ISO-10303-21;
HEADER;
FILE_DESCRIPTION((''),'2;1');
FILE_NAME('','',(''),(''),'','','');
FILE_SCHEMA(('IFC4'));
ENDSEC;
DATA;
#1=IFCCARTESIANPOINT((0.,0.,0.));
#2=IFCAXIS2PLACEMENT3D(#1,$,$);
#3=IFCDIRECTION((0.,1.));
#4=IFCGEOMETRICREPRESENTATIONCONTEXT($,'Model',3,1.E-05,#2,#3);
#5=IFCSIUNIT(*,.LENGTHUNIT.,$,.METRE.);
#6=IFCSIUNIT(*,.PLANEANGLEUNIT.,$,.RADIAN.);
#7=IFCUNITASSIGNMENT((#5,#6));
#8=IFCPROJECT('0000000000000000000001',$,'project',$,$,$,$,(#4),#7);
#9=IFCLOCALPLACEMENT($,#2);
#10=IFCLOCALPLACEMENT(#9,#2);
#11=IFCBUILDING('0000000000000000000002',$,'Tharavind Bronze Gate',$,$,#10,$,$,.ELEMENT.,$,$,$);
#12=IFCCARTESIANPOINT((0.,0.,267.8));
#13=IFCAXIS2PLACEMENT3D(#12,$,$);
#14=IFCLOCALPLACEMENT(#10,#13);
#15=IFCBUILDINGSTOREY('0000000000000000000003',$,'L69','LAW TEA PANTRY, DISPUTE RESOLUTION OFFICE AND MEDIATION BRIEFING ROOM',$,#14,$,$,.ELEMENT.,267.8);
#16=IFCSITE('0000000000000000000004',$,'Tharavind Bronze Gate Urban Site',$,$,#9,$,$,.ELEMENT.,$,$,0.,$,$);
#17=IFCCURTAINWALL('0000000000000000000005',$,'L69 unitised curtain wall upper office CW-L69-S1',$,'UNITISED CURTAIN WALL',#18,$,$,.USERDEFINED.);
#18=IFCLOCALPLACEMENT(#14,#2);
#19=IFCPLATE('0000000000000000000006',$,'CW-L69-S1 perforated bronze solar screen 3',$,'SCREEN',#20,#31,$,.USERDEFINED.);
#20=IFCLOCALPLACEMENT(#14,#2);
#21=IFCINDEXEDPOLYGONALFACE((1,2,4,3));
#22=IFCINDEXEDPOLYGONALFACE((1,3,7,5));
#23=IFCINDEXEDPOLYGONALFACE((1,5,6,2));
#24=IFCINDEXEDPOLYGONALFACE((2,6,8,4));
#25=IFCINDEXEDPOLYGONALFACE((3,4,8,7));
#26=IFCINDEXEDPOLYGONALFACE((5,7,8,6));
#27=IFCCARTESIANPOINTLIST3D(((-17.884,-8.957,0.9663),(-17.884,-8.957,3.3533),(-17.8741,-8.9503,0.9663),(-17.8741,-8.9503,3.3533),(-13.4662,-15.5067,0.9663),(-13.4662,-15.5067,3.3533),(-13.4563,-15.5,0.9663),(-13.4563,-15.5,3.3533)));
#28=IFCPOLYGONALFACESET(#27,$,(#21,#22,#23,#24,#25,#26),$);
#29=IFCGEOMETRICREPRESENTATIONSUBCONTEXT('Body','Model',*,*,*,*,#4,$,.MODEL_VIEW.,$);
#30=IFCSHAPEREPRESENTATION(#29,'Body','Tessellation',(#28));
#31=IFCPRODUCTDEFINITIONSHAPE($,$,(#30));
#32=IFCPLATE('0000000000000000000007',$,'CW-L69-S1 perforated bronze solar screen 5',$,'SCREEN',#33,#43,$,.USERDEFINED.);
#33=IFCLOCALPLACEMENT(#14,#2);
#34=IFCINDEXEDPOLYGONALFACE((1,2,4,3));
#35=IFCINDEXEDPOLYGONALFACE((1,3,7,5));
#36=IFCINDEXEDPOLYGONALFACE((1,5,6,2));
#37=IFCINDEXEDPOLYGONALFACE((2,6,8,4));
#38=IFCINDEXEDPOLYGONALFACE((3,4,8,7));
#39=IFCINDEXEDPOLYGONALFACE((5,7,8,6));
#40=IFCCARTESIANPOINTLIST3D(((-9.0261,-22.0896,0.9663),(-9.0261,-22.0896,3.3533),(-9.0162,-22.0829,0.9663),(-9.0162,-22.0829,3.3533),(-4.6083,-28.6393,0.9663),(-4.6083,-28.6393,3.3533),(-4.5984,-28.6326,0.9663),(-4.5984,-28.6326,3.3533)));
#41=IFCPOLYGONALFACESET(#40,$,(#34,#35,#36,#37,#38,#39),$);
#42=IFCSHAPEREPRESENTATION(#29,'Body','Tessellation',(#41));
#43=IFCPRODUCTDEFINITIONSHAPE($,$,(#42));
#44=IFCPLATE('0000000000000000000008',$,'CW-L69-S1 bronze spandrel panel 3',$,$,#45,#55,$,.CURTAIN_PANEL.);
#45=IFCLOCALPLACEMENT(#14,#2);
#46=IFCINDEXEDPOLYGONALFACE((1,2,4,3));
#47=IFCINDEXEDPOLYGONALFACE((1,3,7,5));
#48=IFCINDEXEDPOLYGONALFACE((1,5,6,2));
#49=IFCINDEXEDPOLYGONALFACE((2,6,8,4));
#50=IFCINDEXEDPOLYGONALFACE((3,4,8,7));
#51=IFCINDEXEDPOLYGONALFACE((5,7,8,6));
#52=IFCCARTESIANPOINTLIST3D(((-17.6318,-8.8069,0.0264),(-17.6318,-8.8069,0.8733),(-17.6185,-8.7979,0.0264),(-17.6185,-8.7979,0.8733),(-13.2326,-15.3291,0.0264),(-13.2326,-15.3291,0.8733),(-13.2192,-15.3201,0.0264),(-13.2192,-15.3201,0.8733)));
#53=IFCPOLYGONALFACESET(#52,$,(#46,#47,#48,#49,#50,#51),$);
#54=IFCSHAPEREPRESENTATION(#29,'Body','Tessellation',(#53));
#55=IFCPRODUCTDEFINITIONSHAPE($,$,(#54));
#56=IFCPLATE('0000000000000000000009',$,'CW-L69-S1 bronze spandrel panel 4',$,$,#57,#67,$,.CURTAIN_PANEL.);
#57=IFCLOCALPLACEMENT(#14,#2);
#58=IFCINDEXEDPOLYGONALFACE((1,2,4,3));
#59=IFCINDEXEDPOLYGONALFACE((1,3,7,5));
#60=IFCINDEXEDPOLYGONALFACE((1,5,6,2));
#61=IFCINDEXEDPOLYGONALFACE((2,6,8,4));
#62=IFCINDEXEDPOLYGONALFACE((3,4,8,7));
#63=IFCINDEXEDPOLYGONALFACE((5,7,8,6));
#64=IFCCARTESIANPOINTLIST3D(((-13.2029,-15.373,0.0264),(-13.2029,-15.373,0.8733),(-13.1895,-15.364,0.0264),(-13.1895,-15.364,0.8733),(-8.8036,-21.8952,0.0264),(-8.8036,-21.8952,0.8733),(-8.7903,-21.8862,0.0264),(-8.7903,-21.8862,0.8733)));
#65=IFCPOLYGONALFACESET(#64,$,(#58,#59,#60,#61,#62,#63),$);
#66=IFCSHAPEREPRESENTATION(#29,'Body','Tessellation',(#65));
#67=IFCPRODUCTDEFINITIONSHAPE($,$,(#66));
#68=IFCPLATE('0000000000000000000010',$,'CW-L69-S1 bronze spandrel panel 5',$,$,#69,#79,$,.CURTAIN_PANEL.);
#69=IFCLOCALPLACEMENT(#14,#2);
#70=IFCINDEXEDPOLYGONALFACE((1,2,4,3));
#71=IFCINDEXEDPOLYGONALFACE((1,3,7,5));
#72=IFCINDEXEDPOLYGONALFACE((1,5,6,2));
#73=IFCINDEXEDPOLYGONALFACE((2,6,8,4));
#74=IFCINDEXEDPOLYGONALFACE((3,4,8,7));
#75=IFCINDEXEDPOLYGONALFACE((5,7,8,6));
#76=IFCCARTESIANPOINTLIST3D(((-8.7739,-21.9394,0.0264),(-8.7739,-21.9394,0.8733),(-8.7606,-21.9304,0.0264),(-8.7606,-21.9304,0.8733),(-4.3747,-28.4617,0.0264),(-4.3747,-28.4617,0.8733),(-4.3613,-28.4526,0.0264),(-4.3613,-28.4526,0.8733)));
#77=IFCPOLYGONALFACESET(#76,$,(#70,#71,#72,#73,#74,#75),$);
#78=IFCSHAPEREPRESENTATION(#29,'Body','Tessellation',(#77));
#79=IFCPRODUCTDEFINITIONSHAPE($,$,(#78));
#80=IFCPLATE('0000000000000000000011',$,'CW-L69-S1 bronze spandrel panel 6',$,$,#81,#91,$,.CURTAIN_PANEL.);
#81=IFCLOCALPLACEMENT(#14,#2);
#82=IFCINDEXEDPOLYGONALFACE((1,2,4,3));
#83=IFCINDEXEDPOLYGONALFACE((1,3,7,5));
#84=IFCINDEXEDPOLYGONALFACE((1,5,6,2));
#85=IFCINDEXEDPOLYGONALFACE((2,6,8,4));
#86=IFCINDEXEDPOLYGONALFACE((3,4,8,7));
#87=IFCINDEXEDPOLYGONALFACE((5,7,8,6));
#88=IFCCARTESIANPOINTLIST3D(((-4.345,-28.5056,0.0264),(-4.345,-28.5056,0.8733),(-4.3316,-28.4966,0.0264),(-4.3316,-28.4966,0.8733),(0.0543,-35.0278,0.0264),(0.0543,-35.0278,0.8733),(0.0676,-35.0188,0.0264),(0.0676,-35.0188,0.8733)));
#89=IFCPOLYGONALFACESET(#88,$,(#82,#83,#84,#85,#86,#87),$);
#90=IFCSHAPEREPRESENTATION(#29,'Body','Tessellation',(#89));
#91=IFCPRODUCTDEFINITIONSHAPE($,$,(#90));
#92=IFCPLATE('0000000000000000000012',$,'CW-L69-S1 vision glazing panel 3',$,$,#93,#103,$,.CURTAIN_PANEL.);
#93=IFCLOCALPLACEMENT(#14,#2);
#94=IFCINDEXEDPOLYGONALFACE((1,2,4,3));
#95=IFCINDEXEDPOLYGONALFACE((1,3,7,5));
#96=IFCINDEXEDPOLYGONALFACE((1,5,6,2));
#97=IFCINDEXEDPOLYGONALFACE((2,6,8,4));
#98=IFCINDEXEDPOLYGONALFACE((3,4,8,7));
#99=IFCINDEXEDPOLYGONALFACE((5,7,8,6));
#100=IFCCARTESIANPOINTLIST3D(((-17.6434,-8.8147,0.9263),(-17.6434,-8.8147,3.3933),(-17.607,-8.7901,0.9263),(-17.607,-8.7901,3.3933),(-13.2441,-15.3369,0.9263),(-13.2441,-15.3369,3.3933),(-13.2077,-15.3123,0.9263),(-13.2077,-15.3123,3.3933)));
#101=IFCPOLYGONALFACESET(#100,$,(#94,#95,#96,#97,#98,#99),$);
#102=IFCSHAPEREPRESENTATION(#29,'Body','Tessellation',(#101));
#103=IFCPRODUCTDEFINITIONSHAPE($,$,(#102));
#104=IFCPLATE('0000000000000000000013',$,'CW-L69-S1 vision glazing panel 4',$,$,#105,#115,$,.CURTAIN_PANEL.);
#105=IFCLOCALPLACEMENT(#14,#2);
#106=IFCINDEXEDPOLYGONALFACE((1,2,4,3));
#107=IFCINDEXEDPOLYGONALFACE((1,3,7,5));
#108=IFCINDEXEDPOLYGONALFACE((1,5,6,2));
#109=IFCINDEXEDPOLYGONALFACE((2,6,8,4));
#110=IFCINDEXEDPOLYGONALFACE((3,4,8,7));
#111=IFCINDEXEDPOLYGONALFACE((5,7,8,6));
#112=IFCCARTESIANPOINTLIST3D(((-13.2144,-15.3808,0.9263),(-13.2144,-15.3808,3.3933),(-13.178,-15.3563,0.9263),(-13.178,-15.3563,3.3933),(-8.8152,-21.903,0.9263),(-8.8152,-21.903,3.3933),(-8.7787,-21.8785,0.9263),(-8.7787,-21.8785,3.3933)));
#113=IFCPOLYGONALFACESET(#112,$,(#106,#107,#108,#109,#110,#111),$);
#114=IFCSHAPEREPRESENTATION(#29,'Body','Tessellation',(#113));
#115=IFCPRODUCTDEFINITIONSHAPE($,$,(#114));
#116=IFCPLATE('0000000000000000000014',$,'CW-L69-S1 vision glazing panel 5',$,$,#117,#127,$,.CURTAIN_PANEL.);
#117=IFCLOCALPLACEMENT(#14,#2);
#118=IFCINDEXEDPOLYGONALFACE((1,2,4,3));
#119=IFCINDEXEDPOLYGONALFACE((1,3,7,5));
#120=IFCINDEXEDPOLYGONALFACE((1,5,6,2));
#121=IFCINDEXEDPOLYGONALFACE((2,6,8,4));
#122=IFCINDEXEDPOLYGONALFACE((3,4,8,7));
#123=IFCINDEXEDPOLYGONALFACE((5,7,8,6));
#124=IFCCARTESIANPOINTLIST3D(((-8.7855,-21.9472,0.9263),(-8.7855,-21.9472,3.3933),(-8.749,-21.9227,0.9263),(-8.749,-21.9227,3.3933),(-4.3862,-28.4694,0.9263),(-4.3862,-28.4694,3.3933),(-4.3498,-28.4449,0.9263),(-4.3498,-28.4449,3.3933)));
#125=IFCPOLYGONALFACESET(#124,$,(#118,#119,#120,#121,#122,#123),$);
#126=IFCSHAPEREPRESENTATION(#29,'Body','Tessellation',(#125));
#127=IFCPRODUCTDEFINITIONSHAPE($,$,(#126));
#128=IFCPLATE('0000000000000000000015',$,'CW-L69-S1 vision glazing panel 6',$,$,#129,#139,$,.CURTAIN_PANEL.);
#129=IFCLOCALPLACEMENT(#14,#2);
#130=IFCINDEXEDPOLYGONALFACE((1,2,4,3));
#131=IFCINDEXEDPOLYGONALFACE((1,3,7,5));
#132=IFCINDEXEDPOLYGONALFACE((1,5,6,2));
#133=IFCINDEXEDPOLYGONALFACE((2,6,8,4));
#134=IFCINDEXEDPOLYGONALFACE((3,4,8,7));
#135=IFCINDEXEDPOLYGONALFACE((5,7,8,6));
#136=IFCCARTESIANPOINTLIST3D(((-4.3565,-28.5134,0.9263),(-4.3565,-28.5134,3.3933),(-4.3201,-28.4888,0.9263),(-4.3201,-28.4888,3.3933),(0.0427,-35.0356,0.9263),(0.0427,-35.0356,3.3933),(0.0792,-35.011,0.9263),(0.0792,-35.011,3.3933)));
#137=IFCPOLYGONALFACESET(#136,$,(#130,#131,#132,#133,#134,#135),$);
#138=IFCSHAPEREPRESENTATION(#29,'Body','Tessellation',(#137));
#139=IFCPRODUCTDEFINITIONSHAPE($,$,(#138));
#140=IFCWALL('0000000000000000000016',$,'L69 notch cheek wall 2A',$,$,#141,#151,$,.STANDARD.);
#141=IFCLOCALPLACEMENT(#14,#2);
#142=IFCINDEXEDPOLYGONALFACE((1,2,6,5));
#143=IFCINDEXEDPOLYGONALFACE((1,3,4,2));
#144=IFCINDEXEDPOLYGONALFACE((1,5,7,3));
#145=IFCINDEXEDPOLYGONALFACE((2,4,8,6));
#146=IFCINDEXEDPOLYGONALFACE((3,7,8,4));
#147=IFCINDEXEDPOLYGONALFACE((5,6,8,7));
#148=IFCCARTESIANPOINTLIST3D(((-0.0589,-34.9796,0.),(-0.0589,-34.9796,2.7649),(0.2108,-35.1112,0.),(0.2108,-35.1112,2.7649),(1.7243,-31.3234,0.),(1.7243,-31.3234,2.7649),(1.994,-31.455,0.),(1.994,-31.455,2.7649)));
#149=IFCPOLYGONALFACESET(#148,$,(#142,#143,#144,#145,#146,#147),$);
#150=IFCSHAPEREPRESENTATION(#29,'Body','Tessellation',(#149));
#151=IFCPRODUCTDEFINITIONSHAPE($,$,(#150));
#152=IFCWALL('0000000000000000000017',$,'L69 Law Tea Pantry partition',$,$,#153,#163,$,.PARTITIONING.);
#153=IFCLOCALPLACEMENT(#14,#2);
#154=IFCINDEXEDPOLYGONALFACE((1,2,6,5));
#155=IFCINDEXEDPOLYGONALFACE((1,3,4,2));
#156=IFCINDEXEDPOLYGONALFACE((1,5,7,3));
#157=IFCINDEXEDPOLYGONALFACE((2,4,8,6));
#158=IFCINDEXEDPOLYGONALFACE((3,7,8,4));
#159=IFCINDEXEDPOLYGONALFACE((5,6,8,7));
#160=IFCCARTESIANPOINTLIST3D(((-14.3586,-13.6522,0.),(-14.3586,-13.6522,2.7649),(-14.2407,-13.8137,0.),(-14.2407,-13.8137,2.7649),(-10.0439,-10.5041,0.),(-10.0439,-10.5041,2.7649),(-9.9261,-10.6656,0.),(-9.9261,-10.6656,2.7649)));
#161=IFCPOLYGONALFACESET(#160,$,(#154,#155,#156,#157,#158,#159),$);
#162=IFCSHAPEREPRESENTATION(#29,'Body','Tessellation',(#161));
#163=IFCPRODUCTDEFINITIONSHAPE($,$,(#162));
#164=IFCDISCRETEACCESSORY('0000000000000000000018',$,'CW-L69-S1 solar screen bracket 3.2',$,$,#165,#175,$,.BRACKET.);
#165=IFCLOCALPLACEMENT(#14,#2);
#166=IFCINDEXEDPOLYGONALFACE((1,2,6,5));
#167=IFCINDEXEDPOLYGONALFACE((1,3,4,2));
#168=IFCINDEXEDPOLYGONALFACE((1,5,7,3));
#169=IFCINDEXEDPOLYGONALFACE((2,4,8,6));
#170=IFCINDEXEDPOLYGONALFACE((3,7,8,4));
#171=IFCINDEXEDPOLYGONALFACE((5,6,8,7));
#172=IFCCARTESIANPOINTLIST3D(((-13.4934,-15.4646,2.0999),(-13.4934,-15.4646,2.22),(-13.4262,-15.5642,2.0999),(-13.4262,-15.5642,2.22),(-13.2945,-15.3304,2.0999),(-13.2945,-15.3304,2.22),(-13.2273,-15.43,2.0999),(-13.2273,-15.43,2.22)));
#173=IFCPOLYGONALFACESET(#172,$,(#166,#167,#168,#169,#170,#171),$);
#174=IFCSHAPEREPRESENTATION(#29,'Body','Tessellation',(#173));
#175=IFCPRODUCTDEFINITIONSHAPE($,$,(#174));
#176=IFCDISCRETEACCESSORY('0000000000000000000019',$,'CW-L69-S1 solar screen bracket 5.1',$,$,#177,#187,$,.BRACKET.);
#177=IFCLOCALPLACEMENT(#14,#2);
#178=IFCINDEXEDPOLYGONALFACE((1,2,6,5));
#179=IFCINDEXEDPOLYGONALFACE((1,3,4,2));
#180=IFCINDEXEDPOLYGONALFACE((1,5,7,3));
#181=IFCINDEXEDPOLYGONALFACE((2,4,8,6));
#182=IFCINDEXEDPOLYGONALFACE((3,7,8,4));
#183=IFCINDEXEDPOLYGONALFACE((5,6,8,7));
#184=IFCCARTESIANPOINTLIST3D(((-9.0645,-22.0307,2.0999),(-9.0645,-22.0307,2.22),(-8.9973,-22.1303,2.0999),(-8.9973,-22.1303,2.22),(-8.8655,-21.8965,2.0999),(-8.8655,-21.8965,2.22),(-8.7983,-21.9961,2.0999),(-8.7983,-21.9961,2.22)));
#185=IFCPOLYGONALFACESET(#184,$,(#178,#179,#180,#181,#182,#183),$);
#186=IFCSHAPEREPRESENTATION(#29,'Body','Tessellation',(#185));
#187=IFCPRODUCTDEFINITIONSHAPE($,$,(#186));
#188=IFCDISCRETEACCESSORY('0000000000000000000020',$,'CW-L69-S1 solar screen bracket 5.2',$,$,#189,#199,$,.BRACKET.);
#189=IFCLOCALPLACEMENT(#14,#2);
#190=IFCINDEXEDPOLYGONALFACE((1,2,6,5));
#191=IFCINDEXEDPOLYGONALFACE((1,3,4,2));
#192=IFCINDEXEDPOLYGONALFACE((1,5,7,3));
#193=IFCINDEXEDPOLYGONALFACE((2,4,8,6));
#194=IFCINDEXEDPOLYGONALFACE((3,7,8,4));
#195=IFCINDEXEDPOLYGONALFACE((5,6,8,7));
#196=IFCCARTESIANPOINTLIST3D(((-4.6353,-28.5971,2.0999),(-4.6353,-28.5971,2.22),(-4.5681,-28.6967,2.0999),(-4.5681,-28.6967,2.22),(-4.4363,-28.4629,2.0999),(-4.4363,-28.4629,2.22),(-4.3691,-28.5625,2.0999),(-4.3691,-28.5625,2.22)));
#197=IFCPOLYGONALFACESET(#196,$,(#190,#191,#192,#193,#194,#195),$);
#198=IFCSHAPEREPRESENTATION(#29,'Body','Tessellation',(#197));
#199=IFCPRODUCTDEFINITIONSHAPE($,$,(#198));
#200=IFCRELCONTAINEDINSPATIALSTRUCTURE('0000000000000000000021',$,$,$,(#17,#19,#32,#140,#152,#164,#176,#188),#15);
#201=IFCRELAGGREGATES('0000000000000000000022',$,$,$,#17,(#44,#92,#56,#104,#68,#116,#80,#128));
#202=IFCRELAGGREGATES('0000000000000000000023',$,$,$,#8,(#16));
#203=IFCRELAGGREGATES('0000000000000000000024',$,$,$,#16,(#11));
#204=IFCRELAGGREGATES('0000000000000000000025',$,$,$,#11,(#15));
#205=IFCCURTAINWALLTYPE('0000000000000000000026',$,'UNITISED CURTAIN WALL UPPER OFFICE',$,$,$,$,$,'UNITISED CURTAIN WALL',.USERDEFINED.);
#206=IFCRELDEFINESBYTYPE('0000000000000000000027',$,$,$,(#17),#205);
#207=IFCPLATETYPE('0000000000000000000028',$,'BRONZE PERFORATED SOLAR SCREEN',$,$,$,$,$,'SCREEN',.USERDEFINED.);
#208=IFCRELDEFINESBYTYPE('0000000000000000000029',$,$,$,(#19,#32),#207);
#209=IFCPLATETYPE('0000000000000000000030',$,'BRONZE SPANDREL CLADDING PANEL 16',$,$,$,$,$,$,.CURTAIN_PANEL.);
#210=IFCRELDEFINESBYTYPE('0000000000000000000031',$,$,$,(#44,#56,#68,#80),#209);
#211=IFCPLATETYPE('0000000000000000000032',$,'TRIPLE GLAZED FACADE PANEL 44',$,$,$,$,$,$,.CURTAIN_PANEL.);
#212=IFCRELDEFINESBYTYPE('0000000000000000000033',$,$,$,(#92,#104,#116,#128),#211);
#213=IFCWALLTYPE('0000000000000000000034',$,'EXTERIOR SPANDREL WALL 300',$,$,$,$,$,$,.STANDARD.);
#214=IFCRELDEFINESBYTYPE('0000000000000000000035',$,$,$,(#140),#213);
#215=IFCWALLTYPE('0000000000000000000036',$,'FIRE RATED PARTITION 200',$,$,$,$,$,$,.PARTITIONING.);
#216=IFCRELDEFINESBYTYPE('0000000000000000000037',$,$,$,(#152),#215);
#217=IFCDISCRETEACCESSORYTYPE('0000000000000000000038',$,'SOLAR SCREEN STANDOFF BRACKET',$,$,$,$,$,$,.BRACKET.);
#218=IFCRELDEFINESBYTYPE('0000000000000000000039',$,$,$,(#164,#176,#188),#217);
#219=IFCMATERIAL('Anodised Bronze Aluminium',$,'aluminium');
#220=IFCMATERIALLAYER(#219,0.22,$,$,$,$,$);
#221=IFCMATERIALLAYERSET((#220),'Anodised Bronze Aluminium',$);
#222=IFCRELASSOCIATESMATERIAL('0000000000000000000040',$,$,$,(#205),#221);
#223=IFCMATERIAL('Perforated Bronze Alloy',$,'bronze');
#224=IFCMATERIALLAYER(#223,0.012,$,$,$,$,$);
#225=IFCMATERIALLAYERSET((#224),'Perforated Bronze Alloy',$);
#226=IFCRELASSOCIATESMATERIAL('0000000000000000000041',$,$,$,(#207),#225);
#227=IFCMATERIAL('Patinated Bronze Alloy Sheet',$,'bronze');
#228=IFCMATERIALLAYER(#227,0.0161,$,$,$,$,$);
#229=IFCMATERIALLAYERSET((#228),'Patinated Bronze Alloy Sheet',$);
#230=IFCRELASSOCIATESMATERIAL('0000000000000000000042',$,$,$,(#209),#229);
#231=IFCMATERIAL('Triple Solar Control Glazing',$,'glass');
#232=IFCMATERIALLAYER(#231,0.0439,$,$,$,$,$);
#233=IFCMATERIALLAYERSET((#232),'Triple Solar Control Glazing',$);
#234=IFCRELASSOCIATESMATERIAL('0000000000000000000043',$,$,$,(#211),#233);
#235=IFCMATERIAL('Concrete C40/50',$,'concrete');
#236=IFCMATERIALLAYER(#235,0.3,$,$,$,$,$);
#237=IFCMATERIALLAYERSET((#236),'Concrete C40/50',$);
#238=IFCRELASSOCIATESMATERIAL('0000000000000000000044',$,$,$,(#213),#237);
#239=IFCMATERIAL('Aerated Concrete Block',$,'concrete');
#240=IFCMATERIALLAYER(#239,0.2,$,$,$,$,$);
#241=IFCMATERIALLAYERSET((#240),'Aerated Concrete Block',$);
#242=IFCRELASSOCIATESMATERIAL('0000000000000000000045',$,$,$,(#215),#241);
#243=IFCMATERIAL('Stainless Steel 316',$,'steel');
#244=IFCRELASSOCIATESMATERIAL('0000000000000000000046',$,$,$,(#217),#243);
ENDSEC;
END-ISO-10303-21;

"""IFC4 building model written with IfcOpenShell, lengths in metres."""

from ifc_helpers import new_model, si_unit, direction, frame, frame_2d, origin, origin_2d, place, context, subcontext, project, spatial, rectangle, extrude, material, layer, layer_set, type_object, element, aggregate, save


model = new_model("IFC4")

# Units and contexts
model_context = context("Model", 3, precision=1e-05, world=origin(), true_north=direction((0.0, 1.0)))
body_context = subcontext(model_context, "Body", "Model", "MODEL_VIEW")
ifc_project = project(units=[si_unit("LENGTHUNIT", "METRE"), si_unit("PLANEANGLEUNIT", "RADIAN")], contexts=[model_context])

# Site, building, storey
site_placement = place(None, origin())
site = spatial("IfcSite", under=ifc_project, at=site_placement, Name="Tharavind Bronze Gate Urban Site", CompositionType="ELEMENT", RefElevation=0.0)
building_placement = place(site_placement, origin())
building = spatial("IfcBuilding", under=site, at=building_placement, Name="Tharavind Bronze Gate", CompositionType="ELEMENT")
storey_placement = place(building_placement, frame((0.0, 0.0, 267.8)))
storey = spatial("IfcBuildingStorey", under=building, at=storey_placement, Name="L69", Description="LAW TEA PANTRY, DISPUTE RESOLUTION OFFICE AND MEDIATION BRIEFING ROOM", CompositionType="ELEMENT", Elevation=267.8)

# Curtain wall
ifc_material_1 = material(Name="Anodised Bronze Aluminium", Category="aluminium")
ifc_layer_1 = layer(ifc_material_1, 0.22)
ifc_layer_set_1 = layer_set([ifc_layer_1], Name="Anodised Bronze Aluminium")
curtain_wall_type = type_object("IfcCurtainWallType", Name="UNITISED CURTAIN WALL UPPER OFFICE", ElementType="UNITISED CURTAIN WALL", PredefinedType="USERDEFINED", material=ifc_layer_set_1)
curtain_wall_placement = place(storey_placement, origin())
curtain_wall = element("IfcCurtainWall", 1, at=curtain_wall_placement, inside=storey, type_object=curtain_wall_type, Name="L69 unitised curtain wall upper office CW-L69-S1", ObjectType="UNITISED CURTAIN WALL", PredefinedType="USERDEFINED")

# Plates
ifc_material_2 = material(Name="Perforated Bronze Alloy", Category="bronze")
ifc_layer_2 = layer(ifc_material_2, 0.012)
ifc_layer_set_2 = layer_set([ifc_layer_2], Name="Perforated Bronze Alloy")
plate_type_1 = type_object("IfcPlateType", Name="BRONZE PERFORATED SOLAR SCREEN", ElementType="SCREEN", PredefinedType="USERDEFINED", material=ifc_layer_set_2)
for number, where, z_axis, x_axis, name in (
    (2, (-15.6702, -12.2285, 0.9663), (0.0, 0.0, 1.0), (0.559191, -0.829039, 0.0), "CW-L69-S1 perforated bronze solar screen 3"),
    (3, (-6.8123, -25.3611, 0.9663), (0.0, 0.0, 1.0), (0.559191, -0.829039, 0.0), "CW-L69-S1 perforated bronze solar screen 5"),
):
    element("IfcPlate", number, at=place(storey_placement, frame(where, z_axis=z_axis, x_axis=x_axis)), inside=storey, type_object=plate_type_1, Name=name, ObjectType="SCREEN", PredefinedType="USERDEFINED", context=body_context, shape_type="SweptSolid", body=[
        extrude(rectangle(XDim=7.9004, YDim=0.012, at=origin_2d()), origin(), (0.0, 0.0, 1.0), 2.387),
    ])

# Plates
ifc_material_3 = material(Name="Patinated Bronze Alloy Sheet", Category="bronze")
ifc_layer_3 = layer(ifc_material_3, 0.0161)
ifc_layer_set_3 = layer_set([ifc_layer_3], Name="Patinated Bronze Alloy Sheet")
plate_type_2 = type_object("IfcPlateType", Name="BRONZE SPANDREL CLADDING PANEL 16", PredefinedType="CURTAIN_PANEL", material=ifc_layer_set_3)
plate_1_placement = place(storey_placement, frame((-15.4255, -12.0635, 0.0264), z_axis=(0.0, 0.0, 1.0), x_axis=(0.559191, -0.829039, 0.0)))
plate_1 = element("IfcPlate", 4, at=plate_1_placement, type_object=plate_type_2, Name="CW-L69-S1 bronze spandrel panel 3", PredefinedType="CURTAIN_PANEL", context=body_context, shape_type="SweptSolid", body=[
    extrude(rectangle(XDim=7.8672, YDim=0.0161, at=origin_2d()), origin(), (0.0, 0.0, 1.0), 0.8469),
])
plate_2_placement = place(storey_placement, frame((-10.9966, -18.6296, 0.0264), z_axis=(0.0, 0.0, 1.0), x_axis=(0.559191, -0.829039, 0.0)))
plate_2 = element("IfcPlate", 5, at=plate_2_placement, type_object=plate_type_2, Name="CW-L69-S1 bronze spandrel panel 4", PredefinedType="CURTAIN_PANEL", context=body_context, shape_type="SweptSolid", body=[
    extrude(rectangle(XDim=7.8672, YDim=0.0161, at=origin_2d()), origin(), (0.0, 0.0, 1.0), 0.8469),
])
plate_3_placement = place(storey_placement, frame((-6.5676, -25.196, 0.0264), z_axis=(0.0, 0.0, 1.0), x_axis=(0.559191, -0.829039, 0.0)))
plate_3 = element("IfcPlate", 6, at=plate_3_placement, type_object=plate_type_2, Name="CW-L69-S1 bronze spandrel panel 5", PredefinedType="CURTAIN_PANEL", context=body_context, shape_type="SweptSolid", body=[
    extrude(rectangle(XDim=7.8672, YDim=0.0161, at=origin_2d()), origin(), (0.0, 0.0, 1.0), 0.8469),
])
plate_4_placement = place(storey_placement, frame((-2.1387, -31.7622, 0.0264), z_axis=(0.0, 0.0, 1.0), x_axis=(0.559191, -0.829039, 0.0)))
plate_4 = element("IfcPlate", 7, at=plate_4_placement, type_object=plate_type_2, Name="CW-L69-S1 bronze spandrel panel 6", PredefinedType="CURTAIN_PANEL", context=body_context, shape_type="SweptSolid", body=[
    extrude(rectangle(XDim=7.8672, YDim=0.0161, at=origin_2d()), origin(), (0.0, 0.0, 1.0), 0.8469),
])
ifc_material_4 = material(Name="Triple Solar Control Glazing", Category="glass")
ifc_layer_4 = layer(ifc_material_4, 0.0439)
ifc_layer_set_4 = layer_set([ifc_layer_4], Name="Triple Solar Control Glazing")
plate_type_3 = type_object("IfcPlateType", Name="TRIPLE GLAZED FACADE PANEL 44", PredefinedType="CURTAIN_PANEL", material=ifc_layer_set_4)
plate_5_placement = place(storey_placement, frame((-15.4255, -12.0635, 0.9263), z_axis=(0.0, 0.0, 1.0), x_axis=(0.559191, -0.829039, 0.0)))
plate_5 = element("IfcPlate", 8, at=plate_5_placement, type_object=plate_type_3, Name="CW-L69-S1 vision glazing panel 3", PredefinedType="CURTAIN_PANEL", context=body_context, shape_type="SweptSolid", body=[
    extrude(rectangle(XDim=7.8672, YDim=0.0439, at=origin_2d()), origin(), (0.0, 0.0, 1.0), 2.467),
])
plate_6_placement = place(storey_placement, frame((-10.9966, -18.6296, 0.9263), z_axis=(0.0, 0.0, 1.0), x_axis=(0.559191, -0.829039, 0.0)))
plate_6 = element("IfcPlate", 9, at=plate_6_placement, type_object=plate_type_3, Name="CW-L69-S1 vision glazing panel 4", PredefinedType="CURTAIN_PANEL", context=body_context, shape_type="SweptSolid", body=[
    extrude(rectangle(XDim=7.8672, YDim=0.0439, at=origin_2d()), origin(), (0.0, 0.0, 1.0), 2.467),
])
plate_7_placement = place(storey_placement, frame((-6.5676, -25.196, 0.9263), z_axis=(0.0, 0.0, 1.0), x_axis=(0.559191, -0.829039, 0.0)))
plate_7 = element("IfcPlate", 10, at=plate_7_placement, type_object=plate_type_3, Name="CW-L69-S1 vision glazing panel 5", PredefinedType="CURTAIN_PANEL", context=body_context, shape_type="SweptSolid", body=[
    extrude(rectangle(XDim=7.8672, YDim=0.0439, at=origin_2d()), origin(), (0.0, 0.0, 1.0), 2.467),
])
plate_8_placement = place(storey_placement, frame((-2.1387, -31.7622, 0.9263), z_axis=(0.0, 0.0, 1.0), x_axis=(0.559191, -0.829039, 0.0)))
plate_8 = element("IfcPlate", 11, at=plate_8_placement, type_object=plate_type_3, Name="CW-L69-S1 vision glazing panel 6", PredefinedType="CURTAIN_PANEL", context=body_context, shape_type="SweptSolid", body=[
    extrude(rectangle(XDim=7.8672, YDim=0.0439, at=origin_2d()), origin(), (0.0, 0.0, 1.0), 2.467),
])
aggregate(curtain_wall, [plate_1, plate_5, plate_2, plate_6, plate_3, plate_7, plate_4, plate_8])

# Walls
ifc_material_5 = material(Name="Concrete C40/50", Category="concrete")
ifc_layer_5 = layer(ifc_material_5, 0.3)
ifc_layer_set_5 = layer_set([ifc_layer_5], Name="Concrete C40/50")
wall_type_1 = type_object("IfcWallType", Name="EXTERIOR SPANDREL WALL 300", PredefinedType="STANDARD", material=ifc_layer_set_5)
wall_1_placement = place(storey_placement, frame((0.0759, -35.0454, 0.0), z_axis=(0.0, 0.0, 1.0), x_axis=(0.438357, 0.898801, 0.0)))
element("IfcWall", 12, at=wall_1_placement, inside=storey, type_object=wall_type_1, Name="L69 notch cheek wall 2A", PredefinedType="STANDARD", context=body_context, shape_type="SweptSolid", body=[
    extrude(rectangle(XDim=4.0679, YDim=0.3, at=frame_2d((2.0339, 0.0))), origin(), (0.0, 0.0, 1.0), 2.7649),
])
ifc_material_6 = material(Name="Aerated Concrete Block", Category="concrete")
ifc_layer_6 = layer(ifc_material_6, 0.2)
ifc_layer_set_6 = layer_set([ifc_layer_6], Name="Aerated Concrete Block")
wall_type_2 = type_object("IfcWallType", Name="FIRE RATED PARTITION 200", PredefinedType="PARTITIONING", material=ifc_layer_set_6)
wall_2_placement = place(storey_placement, frame((-14.2996, -13.7329, 0.0), z_axis=(0.0, 0.0, 1.0), x_axis=(0.807824, 0.589424, 0.0)))
element("IfcWall", 13, at=wall_2_placement, inside=storey, type_object=wall_type_2, Name="L69 Law Tea Pantry partition", PredefinedType="PARTITIONING", context=body_context, shape_type="SweptSolid", body=[
    extrude(rectangle(XDim=5.3411, YDim=0.2, at=frame_2d((2.6704, 0.0))), origin(), (0.0, 0.0, 1.0), 2.7649),
])

# Discrete accessories
ifc_material_7 = material(Name="Stainless Steel 316", Category="steel")
discrete_accessory_type = type_object("IfcDiscreteAccessoryType", Name="SOLAR SCREEN STANDOFF BRACKET", PredefinedType="BRACKET", material=ifc_material_7)
for number, where, z_axis, x_axis, name in (
    (14, (-13.3604, -15.4473, 2.0999), (0.0, 0.0, 1.0), (0.559191, -0.829039, 0.0), "CW-L69-S1 solar screen bracket 3.2"),
    (15, (-8.9314, -22.0134, 2.0999), (0.0, 0.0, 1.0), (0.559191, -0.829039, 0.0), "CW-L69-S1 solar screen bracket 5.1"),
    (16, (-4.5022, -28.5798, 2.0999), (0.0, 0.0, 1.0), (0.559191, -0.829039, 0.0), "CW-L69-S1 solar screen bracket 5.2"),
):
    element("IfcDiscreteAccessory", number, at=place(storey_placement, frame(where, z_axis=z_axis, x_axis=x_axis)), inside=storey, type_object=discrete_accessory_type, Name=name, PredefinedType="BRACKET", context=body_context, shape_type="SweptSolid", body=[
        extrude(rectangle(XDim=0.1201, YDim=0.24, at=origin_2d()), origin(), (0.0, 0.0, 1.0), 0.1201),
    ])

save(model, "model.ifc")
